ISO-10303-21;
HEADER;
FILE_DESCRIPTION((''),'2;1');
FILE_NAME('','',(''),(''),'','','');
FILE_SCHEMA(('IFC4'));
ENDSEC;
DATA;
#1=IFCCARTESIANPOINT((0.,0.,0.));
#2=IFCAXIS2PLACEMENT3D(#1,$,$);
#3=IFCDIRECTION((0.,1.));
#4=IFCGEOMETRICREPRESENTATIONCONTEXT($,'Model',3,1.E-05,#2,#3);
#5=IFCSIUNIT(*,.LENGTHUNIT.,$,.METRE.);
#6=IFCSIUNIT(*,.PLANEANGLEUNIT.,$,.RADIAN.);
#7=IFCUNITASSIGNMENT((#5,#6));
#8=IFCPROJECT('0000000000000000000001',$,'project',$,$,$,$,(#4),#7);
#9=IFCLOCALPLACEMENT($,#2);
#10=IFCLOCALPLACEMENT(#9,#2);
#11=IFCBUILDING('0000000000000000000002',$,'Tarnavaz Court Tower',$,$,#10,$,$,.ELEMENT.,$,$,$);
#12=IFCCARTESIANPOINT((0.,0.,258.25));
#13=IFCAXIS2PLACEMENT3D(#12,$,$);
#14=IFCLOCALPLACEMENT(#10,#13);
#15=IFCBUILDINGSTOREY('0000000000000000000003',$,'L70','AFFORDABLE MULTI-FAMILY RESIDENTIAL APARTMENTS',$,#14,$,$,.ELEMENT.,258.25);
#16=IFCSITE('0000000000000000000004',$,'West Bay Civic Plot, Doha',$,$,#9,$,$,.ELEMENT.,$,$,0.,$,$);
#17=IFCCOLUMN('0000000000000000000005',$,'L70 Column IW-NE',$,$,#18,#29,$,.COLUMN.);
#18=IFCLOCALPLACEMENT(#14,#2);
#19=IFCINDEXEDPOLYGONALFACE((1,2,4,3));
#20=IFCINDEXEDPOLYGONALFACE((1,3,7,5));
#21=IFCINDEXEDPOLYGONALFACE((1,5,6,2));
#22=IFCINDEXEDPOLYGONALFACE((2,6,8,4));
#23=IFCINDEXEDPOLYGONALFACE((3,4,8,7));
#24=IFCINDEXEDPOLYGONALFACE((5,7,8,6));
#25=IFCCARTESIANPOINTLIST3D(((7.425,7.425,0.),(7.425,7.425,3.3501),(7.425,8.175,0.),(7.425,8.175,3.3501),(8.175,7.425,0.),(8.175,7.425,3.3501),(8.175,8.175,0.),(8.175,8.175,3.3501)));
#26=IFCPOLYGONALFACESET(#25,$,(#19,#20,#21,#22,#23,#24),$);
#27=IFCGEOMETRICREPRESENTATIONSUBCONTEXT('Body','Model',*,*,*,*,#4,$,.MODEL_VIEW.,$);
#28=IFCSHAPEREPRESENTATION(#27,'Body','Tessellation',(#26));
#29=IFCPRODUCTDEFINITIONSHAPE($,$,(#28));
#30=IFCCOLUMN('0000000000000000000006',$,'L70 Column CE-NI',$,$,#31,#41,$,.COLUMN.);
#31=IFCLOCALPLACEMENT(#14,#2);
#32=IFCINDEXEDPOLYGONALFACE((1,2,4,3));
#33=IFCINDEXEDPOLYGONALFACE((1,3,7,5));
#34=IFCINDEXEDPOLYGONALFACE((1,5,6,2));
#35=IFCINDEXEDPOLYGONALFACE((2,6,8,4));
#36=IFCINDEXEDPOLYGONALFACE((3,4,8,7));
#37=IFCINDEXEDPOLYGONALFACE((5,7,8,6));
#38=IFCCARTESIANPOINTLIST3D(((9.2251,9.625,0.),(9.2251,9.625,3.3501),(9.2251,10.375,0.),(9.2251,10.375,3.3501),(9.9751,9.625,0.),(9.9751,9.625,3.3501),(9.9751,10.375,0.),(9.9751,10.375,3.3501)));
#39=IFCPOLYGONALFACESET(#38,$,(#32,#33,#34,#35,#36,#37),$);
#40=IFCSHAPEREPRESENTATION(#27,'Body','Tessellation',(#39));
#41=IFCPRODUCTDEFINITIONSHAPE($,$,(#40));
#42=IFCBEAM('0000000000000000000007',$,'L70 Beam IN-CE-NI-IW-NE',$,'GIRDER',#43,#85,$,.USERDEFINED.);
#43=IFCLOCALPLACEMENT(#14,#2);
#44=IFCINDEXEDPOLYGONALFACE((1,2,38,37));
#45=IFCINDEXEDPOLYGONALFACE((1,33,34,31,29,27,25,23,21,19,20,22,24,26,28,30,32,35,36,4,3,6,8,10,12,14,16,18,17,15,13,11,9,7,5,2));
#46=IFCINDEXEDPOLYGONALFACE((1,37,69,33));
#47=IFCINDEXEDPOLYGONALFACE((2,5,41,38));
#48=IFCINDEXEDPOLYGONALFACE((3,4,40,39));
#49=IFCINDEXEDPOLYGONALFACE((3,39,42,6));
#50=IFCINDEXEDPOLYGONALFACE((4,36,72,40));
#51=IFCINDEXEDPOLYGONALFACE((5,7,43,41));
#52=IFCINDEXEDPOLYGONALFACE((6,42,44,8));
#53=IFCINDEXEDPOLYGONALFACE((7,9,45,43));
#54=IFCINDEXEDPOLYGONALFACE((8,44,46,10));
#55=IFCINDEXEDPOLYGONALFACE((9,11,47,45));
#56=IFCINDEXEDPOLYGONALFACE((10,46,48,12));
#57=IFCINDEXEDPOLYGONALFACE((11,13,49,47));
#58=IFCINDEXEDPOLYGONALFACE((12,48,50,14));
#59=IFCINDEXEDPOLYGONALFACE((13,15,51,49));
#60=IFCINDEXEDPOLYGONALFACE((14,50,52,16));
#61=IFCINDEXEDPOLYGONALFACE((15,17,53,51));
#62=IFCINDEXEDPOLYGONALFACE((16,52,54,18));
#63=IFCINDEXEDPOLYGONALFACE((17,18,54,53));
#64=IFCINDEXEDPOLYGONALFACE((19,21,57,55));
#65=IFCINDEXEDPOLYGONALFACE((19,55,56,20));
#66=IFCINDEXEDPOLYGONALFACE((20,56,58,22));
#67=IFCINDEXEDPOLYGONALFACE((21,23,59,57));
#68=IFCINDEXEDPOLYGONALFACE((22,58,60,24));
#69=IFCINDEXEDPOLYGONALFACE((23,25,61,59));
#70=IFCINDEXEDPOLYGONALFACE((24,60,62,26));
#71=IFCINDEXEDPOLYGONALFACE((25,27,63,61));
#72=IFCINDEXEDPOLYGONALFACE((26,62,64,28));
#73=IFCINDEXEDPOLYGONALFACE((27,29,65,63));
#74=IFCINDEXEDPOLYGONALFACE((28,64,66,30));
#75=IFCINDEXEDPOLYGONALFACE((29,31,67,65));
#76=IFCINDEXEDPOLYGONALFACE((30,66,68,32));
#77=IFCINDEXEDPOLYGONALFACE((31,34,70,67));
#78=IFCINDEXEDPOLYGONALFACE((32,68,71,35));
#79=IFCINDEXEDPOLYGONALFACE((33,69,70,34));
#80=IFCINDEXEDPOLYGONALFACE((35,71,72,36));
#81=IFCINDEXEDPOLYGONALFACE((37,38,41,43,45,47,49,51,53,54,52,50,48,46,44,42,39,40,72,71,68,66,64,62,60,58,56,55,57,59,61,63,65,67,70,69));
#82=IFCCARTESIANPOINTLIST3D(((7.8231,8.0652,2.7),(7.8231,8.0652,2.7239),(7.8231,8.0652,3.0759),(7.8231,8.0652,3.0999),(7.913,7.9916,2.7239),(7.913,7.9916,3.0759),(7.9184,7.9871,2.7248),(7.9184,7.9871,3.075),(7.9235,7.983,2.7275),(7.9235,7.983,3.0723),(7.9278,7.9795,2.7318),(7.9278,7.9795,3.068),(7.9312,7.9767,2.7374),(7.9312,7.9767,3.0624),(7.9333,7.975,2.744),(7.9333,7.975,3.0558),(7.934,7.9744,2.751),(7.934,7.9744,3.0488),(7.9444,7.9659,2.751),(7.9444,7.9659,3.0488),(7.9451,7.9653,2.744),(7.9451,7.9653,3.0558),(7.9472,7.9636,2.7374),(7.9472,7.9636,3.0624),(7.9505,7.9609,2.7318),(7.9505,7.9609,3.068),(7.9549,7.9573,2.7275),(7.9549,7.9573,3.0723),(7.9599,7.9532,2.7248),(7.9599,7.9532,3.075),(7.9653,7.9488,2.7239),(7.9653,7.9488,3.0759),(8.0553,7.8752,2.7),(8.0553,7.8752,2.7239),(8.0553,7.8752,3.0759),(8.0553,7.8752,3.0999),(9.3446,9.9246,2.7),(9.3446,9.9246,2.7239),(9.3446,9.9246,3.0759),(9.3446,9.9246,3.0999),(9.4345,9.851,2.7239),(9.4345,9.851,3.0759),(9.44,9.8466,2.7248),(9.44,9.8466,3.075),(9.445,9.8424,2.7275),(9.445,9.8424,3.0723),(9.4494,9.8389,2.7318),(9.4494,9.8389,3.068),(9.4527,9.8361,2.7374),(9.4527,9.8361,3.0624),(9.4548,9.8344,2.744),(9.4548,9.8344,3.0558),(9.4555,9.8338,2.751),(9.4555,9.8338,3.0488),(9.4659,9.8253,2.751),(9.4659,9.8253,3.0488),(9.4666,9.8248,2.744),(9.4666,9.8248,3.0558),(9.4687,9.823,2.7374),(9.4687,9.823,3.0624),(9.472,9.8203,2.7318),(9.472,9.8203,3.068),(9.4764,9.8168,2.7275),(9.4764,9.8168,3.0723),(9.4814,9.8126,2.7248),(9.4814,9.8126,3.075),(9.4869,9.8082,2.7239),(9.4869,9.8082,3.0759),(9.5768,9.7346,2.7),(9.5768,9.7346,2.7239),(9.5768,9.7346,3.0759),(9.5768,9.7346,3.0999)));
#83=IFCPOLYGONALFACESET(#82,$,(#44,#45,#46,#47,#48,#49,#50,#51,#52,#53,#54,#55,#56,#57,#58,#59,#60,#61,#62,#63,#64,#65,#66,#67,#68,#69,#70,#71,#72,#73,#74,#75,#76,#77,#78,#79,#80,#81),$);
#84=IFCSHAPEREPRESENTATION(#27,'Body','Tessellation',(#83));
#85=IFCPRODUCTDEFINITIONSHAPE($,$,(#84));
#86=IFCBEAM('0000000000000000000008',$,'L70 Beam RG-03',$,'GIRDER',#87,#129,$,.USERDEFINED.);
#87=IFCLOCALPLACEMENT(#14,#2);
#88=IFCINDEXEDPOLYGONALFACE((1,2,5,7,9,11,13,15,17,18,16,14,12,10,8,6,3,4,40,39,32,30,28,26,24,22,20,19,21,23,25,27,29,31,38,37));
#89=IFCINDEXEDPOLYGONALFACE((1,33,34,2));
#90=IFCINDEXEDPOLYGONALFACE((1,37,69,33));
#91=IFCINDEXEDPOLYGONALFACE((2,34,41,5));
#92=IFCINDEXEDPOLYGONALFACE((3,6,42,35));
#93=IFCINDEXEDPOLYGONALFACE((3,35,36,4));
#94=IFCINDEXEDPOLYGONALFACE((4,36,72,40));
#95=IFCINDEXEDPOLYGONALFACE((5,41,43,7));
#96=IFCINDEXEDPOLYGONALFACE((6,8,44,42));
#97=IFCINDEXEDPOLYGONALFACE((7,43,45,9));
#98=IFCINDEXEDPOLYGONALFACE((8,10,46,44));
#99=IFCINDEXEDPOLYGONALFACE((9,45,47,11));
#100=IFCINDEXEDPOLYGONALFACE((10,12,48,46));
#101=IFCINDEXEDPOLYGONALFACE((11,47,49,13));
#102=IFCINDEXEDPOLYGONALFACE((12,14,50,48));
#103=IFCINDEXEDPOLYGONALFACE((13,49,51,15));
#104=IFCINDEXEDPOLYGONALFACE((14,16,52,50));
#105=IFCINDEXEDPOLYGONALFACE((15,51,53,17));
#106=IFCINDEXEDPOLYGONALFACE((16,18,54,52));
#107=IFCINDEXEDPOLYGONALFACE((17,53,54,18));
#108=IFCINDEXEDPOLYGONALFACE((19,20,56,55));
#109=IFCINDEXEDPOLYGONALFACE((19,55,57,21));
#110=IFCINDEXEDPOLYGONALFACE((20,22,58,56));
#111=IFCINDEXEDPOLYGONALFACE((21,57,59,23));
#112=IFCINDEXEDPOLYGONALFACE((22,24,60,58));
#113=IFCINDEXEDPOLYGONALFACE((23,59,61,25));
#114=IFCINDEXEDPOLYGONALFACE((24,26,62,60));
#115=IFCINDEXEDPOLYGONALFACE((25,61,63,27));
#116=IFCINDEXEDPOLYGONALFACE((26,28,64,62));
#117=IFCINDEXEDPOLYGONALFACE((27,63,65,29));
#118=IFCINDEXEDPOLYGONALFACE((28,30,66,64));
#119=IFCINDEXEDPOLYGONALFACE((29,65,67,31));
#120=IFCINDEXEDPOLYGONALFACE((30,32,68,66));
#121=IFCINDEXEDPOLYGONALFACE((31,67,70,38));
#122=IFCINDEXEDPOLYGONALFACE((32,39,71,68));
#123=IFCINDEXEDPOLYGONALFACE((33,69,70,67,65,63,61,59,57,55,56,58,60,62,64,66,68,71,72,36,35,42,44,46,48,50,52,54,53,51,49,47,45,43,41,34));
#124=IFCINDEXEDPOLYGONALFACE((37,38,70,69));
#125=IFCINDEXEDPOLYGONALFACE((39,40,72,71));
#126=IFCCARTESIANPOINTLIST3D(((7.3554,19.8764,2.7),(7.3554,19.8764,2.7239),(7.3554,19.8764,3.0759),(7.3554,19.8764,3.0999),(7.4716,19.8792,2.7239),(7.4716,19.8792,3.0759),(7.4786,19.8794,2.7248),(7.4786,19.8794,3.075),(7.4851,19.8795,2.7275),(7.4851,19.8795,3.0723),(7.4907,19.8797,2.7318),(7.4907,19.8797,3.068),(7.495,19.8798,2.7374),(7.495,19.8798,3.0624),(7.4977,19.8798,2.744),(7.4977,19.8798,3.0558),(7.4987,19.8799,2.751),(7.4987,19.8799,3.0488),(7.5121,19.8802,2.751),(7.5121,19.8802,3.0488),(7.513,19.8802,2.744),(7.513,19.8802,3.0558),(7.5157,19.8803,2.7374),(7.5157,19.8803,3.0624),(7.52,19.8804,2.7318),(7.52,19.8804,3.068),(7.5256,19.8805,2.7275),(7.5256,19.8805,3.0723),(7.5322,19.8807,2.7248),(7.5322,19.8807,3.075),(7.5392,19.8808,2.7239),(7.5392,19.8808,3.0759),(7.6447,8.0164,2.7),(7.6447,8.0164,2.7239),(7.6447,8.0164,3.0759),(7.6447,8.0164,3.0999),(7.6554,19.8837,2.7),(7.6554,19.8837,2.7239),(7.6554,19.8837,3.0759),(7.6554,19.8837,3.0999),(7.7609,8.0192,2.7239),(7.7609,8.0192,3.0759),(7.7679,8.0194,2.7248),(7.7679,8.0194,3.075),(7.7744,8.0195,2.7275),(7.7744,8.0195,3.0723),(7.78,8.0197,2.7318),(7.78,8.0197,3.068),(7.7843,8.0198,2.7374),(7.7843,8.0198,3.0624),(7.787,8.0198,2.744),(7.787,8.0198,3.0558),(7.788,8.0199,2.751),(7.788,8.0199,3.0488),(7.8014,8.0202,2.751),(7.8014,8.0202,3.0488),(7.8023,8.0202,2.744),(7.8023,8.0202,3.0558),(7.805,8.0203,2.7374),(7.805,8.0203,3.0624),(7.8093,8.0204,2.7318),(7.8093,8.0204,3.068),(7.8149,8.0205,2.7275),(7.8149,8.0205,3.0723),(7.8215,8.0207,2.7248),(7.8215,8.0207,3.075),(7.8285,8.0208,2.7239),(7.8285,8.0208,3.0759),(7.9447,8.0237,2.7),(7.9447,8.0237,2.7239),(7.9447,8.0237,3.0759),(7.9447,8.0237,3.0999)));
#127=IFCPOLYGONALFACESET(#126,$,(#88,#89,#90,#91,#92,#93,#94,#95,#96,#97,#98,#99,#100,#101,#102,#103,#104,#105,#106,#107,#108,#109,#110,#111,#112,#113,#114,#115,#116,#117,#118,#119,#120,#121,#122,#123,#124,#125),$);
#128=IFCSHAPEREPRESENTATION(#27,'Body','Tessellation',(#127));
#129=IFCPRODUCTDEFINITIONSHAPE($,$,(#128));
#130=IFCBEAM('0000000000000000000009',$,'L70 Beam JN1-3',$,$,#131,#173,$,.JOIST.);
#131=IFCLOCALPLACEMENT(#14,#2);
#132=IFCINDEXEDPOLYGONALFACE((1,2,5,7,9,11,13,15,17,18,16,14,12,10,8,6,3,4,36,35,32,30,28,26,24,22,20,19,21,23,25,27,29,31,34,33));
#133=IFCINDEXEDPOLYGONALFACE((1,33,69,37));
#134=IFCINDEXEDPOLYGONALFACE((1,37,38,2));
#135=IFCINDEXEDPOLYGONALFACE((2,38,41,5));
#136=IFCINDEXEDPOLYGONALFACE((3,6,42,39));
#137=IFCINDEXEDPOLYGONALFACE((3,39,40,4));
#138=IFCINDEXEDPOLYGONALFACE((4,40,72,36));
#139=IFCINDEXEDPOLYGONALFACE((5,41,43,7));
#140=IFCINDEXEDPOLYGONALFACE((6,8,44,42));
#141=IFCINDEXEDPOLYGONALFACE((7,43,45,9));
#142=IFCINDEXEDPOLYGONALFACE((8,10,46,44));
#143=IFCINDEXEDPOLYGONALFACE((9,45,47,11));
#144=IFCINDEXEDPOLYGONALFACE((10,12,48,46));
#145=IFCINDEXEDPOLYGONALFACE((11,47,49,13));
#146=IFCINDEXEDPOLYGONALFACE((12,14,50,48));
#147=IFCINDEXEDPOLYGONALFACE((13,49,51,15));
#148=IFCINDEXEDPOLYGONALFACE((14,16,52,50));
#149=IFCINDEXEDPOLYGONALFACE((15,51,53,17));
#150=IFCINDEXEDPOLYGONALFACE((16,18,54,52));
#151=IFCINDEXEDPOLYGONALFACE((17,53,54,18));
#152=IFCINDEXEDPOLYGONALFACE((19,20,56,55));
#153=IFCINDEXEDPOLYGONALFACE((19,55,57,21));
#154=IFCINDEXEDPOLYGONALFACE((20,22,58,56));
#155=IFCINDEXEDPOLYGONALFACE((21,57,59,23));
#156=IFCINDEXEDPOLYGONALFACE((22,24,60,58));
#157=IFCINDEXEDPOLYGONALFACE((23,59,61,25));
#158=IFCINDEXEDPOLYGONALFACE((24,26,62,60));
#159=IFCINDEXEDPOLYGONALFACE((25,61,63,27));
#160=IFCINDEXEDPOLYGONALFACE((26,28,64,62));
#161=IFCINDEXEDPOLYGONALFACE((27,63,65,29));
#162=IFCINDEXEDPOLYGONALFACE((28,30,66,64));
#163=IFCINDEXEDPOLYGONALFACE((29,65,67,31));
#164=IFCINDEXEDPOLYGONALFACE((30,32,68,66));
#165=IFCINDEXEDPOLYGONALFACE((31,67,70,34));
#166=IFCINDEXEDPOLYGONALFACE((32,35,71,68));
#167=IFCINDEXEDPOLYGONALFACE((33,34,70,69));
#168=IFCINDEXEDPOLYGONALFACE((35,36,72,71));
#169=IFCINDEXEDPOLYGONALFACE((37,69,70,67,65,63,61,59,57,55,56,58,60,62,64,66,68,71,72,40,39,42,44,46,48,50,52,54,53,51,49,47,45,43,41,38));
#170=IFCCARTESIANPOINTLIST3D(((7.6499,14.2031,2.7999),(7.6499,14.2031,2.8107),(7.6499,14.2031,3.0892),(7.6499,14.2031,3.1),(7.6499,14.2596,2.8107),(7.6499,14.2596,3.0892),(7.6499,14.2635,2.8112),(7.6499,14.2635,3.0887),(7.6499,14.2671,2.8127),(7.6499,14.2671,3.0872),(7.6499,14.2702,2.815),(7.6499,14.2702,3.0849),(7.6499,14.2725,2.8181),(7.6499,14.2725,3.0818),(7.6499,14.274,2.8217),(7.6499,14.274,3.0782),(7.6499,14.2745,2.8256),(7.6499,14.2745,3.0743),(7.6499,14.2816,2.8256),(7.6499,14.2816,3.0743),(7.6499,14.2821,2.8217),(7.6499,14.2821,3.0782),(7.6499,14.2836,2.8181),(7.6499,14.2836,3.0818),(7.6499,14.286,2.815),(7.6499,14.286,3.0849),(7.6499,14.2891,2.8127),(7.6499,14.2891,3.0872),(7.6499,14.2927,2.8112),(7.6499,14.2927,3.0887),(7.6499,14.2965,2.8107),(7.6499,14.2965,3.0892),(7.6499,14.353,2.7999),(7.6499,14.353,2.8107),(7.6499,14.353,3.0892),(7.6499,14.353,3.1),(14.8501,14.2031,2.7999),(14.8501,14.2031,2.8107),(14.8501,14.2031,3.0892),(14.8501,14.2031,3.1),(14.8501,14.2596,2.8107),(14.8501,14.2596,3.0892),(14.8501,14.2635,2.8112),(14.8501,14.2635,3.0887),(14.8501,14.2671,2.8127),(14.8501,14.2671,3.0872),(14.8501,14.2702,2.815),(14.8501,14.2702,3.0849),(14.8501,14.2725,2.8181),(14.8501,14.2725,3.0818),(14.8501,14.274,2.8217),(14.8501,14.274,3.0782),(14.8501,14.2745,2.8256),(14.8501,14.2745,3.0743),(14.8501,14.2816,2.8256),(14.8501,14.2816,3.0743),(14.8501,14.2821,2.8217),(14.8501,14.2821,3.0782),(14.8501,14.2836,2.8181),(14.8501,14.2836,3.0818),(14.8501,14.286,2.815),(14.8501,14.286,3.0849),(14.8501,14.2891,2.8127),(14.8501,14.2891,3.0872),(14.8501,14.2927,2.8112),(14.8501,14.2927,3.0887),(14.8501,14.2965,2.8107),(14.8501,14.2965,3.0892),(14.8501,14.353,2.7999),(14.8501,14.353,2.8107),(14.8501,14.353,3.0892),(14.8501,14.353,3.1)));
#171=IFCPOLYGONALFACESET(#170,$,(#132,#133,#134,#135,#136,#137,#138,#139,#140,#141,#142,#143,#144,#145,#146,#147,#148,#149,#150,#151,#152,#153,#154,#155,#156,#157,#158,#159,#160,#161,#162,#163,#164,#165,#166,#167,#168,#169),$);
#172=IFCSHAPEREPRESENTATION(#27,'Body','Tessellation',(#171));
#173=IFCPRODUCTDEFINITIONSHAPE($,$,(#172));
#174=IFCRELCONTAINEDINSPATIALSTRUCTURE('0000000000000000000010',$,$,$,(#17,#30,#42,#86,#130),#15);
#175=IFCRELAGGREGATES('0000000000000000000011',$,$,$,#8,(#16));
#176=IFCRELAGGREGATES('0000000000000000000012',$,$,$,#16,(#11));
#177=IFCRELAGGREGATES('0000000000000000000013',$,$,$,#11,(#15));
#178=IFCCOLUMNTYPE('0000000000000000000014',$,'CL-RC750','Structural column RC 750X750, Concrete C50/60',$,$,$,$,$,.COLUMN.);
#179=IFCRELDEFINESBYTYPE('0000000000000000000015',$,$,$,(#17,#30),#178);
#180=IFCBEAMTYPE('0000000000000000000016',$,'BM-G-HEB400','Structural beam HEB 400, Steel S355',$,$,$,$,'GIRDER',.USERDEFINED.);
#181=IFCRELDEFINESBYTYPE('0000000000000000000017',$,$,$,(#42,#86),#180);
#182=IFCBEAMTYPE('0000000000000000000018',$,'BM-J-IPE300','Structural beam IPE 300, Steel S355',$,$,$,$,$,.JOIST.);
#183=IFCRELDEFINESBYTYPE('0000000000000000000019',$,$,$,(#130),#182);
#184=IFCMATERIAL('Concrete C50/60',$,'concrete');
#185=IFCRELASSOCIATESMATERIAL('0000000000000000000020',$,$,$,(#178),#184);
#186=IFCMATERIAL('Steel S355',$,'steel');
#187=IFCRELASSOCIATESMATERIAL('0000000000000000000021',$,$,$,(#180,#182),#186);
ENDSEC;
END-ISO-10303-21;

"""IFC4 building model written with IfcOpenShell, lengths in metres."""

from ifc_helpers import new_model, si_unit, direction, frame, origin, origin_2d, place, context, subcontext, project, spatial, rectangle, i_section, extrude, material, material_profile, profile_set, type_object, element, save


model = new_model("IFC4")

# Units and contexts
model_context = context("Model", 3, precision=1e-05, world=origin(), true_north=direction((0.0, 1.0)))
body_context = subcontext(model_context, "Body", "Model", "MODEL_VIEW")
ifc_project = project(units=[si_unit("LENGTHUNIT", "METRE"), si_unit("PLANEANGLEUNIT", "RADIAN")], contexts=[model_context])

# Site, building, storey
site_placement = place(None, origin())
site = spatial("IfcSite", under=ifc_project, at=site_placement, Name="West Bay Civic Plot, Doha", CompositionType="ELEMENT", RefElevation=0.0)
building_placement = place(site_placement, origin())
building = spatial("IfcBuilding", under=site, at=building_placement, Name="Tarnavaz Court Tower", CompositionType="ELEMENT")
storey_placement = place(building_placement, frame((0.0, 0.0, 258.25)))
storey = spatial("IfcBuildingStorey", under=building, at=storey_placement, Name="L70", Description="AFFORDABLE MULTI-FAMILY RESIDENTIAL APARTMENTS", CompositionType="ELEMENT", Elevation=258.25)

# Columns
ifc_material_1 = material(Name="Concrete C50/60", Category="concrete")
ifc_material_profile_1 = material_profile(ifc_material_1, rectangle(XDim=0.75, YDim=0.75, at=origin_2d()), Name="RC 750X750")
ifc_profile_set_1 = profile_set([ifc_material_profile_1], Name="Concrete C50/60")
column_type = type_object("IfcColumnType", Name="CL-RC750", Description="Structural column RC 750X750, Concrete C50/60", PredefinedType="COLUMN", material=ifc_profile_set_1)
for number, where, z_axis, x_axis, name in (
    (1, (7.8, 7.8, 0.0), (0.0, 0.0, 1.0), (1.0, 0.0, 0.0), "L70 Column IW-NE"),
    (2, (9.6001, 10.0, 0.0), (0.0, 0.0, 1.0), (1.0, 0.0, 0.0), "L70 Column CE-NI"),
):
    element("IfcColumn", number, at=place(storey_placement, frame(where, z_axis=z_axis, x_axis=x_axis)), inside=storey, type_object=column_type, Name=name, PredefinedType="COLUMN", context=body_context, shape_type="SweptSolid", body=[
        extrude(rectangle(XDim=0.75, YDim=0.75, at=origin_2d()), origin(), (0.0, 0.0, 1.0), 3.3501),
    ])

# Beams
ifc_material_2 = material(Name="Steel S355", Category="steel")
ifc_material_profile_2 = material_profile(ifc_material_2, i_section(OverallWidth=0.3, OverallDepth=0.3999, WebThickness=0.0134, FlangeThickness=0.0239, FilletRadius=0.0271, at=origin_2d()), Name="HEB 400")
ifc_profile_set_2 = profile_set([ifc_material_profile_2], Name="Steel S355")
beam_type_1 = type_object("IfcBeamType", Name="BM-G-HEB400", Description="Structural beam HEB 400, Steel S355", ElementType="GIRDER", PredefinedType="USERDEFINED", material=ifc_profile_set_2)
beam_1_placement = place(storey_placement, frame((9.4607, 9.8296, 2.8999), z_axis=(-0.633282, -0.773921, 0.0), x_axis=(0.773921, -0.633282, 0.0)))
element("IfcBeam", 3, at=beam_1_placement, inside=storey, type_object=beam_type_1, Name="L70 Beam IN-CE-NI-IW-NE", ObjectType="GIRDER", PredefinedType="USERDEFINED", context=body_context, shape_type="SweptSolid", body=[
    extrude(i_section(OverallWidth=0.3, OverallDepth=0.3999, WebThickness=0.0134, FlangeThickness=0.0239, FilletRadius=0.0271, at=origin_2d()), origin(), (0.0, 0.0, 1.0), 2.4026),
])
beam_2_placement = place(storey_placement, frame((7.7947, 8.02, 2.8999), z_axis=(-0.024386, 0.999703, 0.0), x_axis=(-0.999703, -0.024386, 0.0)))
element("IfcBeam", 4, at=beam_2_placement, inside=storey, type_object=beam_type_1, Name="L70 Beam RG-03", ObjectType="GIRDER", PredefinedType="USERDEFINED", context=body_context, shape_type="SweptSolid", body=[
    extrude(i_section(OverallWidth=0.3, OverallDepth=0.3999, WebThickness=0.0134, FlangeThickness=0.0239, FilletRadius=0.0271, at=origin_2d()), origin(), (0.0, 0.0, 1.0), 11.8635),
])
ifc_material_profile_3 = material_profile(ifc_material_2, i_section(OverallWidth=0.1499, OverallDepth=0.3, WebThickness=0.0071, FlangeThickness=0.0107, FilletRadius=0.0149, at=origin_2d()), Name="IPE 300")
ifc_profile_set_3 = profile_set([ifc_material_profile_3], Name="Steel S355")
beam_type_2 = type_object("IfcBeamType", Name="BM-J-IPE300", Description="Structural beam IPE 300, Steel S355", PredefinedType="JOIST", material=ifc_profile_set_3)
for number, where, z_axis, x_axis, name in (
    (5, (7.6499, 14.2781, 2.95), (1.0, 0.0, 0.0), (0.0, 1.0, 0.0), "L70 Beam JN1-3"),
):
    element("IfcBeam", number, at=place(storey_placement, frame(where, z_axis=z_axis, x_axis=x_axis)), inside=storey, type_object=beam_type_2, Name=name, PredefinedType="JOIST", context=body_context, shape_type="SweptSolid", body=[
        extrude(i_section(OverallWidth=0.1499, OverallDepth=0.3, WebThickness=0.0071, FlangeThickness=0.0107, FilletRadius=0.0149, at=origin_2d()), origin(), (0.0, 0.0, 1.0), 7.2002),
    ])

save(model, "model.ifc")
